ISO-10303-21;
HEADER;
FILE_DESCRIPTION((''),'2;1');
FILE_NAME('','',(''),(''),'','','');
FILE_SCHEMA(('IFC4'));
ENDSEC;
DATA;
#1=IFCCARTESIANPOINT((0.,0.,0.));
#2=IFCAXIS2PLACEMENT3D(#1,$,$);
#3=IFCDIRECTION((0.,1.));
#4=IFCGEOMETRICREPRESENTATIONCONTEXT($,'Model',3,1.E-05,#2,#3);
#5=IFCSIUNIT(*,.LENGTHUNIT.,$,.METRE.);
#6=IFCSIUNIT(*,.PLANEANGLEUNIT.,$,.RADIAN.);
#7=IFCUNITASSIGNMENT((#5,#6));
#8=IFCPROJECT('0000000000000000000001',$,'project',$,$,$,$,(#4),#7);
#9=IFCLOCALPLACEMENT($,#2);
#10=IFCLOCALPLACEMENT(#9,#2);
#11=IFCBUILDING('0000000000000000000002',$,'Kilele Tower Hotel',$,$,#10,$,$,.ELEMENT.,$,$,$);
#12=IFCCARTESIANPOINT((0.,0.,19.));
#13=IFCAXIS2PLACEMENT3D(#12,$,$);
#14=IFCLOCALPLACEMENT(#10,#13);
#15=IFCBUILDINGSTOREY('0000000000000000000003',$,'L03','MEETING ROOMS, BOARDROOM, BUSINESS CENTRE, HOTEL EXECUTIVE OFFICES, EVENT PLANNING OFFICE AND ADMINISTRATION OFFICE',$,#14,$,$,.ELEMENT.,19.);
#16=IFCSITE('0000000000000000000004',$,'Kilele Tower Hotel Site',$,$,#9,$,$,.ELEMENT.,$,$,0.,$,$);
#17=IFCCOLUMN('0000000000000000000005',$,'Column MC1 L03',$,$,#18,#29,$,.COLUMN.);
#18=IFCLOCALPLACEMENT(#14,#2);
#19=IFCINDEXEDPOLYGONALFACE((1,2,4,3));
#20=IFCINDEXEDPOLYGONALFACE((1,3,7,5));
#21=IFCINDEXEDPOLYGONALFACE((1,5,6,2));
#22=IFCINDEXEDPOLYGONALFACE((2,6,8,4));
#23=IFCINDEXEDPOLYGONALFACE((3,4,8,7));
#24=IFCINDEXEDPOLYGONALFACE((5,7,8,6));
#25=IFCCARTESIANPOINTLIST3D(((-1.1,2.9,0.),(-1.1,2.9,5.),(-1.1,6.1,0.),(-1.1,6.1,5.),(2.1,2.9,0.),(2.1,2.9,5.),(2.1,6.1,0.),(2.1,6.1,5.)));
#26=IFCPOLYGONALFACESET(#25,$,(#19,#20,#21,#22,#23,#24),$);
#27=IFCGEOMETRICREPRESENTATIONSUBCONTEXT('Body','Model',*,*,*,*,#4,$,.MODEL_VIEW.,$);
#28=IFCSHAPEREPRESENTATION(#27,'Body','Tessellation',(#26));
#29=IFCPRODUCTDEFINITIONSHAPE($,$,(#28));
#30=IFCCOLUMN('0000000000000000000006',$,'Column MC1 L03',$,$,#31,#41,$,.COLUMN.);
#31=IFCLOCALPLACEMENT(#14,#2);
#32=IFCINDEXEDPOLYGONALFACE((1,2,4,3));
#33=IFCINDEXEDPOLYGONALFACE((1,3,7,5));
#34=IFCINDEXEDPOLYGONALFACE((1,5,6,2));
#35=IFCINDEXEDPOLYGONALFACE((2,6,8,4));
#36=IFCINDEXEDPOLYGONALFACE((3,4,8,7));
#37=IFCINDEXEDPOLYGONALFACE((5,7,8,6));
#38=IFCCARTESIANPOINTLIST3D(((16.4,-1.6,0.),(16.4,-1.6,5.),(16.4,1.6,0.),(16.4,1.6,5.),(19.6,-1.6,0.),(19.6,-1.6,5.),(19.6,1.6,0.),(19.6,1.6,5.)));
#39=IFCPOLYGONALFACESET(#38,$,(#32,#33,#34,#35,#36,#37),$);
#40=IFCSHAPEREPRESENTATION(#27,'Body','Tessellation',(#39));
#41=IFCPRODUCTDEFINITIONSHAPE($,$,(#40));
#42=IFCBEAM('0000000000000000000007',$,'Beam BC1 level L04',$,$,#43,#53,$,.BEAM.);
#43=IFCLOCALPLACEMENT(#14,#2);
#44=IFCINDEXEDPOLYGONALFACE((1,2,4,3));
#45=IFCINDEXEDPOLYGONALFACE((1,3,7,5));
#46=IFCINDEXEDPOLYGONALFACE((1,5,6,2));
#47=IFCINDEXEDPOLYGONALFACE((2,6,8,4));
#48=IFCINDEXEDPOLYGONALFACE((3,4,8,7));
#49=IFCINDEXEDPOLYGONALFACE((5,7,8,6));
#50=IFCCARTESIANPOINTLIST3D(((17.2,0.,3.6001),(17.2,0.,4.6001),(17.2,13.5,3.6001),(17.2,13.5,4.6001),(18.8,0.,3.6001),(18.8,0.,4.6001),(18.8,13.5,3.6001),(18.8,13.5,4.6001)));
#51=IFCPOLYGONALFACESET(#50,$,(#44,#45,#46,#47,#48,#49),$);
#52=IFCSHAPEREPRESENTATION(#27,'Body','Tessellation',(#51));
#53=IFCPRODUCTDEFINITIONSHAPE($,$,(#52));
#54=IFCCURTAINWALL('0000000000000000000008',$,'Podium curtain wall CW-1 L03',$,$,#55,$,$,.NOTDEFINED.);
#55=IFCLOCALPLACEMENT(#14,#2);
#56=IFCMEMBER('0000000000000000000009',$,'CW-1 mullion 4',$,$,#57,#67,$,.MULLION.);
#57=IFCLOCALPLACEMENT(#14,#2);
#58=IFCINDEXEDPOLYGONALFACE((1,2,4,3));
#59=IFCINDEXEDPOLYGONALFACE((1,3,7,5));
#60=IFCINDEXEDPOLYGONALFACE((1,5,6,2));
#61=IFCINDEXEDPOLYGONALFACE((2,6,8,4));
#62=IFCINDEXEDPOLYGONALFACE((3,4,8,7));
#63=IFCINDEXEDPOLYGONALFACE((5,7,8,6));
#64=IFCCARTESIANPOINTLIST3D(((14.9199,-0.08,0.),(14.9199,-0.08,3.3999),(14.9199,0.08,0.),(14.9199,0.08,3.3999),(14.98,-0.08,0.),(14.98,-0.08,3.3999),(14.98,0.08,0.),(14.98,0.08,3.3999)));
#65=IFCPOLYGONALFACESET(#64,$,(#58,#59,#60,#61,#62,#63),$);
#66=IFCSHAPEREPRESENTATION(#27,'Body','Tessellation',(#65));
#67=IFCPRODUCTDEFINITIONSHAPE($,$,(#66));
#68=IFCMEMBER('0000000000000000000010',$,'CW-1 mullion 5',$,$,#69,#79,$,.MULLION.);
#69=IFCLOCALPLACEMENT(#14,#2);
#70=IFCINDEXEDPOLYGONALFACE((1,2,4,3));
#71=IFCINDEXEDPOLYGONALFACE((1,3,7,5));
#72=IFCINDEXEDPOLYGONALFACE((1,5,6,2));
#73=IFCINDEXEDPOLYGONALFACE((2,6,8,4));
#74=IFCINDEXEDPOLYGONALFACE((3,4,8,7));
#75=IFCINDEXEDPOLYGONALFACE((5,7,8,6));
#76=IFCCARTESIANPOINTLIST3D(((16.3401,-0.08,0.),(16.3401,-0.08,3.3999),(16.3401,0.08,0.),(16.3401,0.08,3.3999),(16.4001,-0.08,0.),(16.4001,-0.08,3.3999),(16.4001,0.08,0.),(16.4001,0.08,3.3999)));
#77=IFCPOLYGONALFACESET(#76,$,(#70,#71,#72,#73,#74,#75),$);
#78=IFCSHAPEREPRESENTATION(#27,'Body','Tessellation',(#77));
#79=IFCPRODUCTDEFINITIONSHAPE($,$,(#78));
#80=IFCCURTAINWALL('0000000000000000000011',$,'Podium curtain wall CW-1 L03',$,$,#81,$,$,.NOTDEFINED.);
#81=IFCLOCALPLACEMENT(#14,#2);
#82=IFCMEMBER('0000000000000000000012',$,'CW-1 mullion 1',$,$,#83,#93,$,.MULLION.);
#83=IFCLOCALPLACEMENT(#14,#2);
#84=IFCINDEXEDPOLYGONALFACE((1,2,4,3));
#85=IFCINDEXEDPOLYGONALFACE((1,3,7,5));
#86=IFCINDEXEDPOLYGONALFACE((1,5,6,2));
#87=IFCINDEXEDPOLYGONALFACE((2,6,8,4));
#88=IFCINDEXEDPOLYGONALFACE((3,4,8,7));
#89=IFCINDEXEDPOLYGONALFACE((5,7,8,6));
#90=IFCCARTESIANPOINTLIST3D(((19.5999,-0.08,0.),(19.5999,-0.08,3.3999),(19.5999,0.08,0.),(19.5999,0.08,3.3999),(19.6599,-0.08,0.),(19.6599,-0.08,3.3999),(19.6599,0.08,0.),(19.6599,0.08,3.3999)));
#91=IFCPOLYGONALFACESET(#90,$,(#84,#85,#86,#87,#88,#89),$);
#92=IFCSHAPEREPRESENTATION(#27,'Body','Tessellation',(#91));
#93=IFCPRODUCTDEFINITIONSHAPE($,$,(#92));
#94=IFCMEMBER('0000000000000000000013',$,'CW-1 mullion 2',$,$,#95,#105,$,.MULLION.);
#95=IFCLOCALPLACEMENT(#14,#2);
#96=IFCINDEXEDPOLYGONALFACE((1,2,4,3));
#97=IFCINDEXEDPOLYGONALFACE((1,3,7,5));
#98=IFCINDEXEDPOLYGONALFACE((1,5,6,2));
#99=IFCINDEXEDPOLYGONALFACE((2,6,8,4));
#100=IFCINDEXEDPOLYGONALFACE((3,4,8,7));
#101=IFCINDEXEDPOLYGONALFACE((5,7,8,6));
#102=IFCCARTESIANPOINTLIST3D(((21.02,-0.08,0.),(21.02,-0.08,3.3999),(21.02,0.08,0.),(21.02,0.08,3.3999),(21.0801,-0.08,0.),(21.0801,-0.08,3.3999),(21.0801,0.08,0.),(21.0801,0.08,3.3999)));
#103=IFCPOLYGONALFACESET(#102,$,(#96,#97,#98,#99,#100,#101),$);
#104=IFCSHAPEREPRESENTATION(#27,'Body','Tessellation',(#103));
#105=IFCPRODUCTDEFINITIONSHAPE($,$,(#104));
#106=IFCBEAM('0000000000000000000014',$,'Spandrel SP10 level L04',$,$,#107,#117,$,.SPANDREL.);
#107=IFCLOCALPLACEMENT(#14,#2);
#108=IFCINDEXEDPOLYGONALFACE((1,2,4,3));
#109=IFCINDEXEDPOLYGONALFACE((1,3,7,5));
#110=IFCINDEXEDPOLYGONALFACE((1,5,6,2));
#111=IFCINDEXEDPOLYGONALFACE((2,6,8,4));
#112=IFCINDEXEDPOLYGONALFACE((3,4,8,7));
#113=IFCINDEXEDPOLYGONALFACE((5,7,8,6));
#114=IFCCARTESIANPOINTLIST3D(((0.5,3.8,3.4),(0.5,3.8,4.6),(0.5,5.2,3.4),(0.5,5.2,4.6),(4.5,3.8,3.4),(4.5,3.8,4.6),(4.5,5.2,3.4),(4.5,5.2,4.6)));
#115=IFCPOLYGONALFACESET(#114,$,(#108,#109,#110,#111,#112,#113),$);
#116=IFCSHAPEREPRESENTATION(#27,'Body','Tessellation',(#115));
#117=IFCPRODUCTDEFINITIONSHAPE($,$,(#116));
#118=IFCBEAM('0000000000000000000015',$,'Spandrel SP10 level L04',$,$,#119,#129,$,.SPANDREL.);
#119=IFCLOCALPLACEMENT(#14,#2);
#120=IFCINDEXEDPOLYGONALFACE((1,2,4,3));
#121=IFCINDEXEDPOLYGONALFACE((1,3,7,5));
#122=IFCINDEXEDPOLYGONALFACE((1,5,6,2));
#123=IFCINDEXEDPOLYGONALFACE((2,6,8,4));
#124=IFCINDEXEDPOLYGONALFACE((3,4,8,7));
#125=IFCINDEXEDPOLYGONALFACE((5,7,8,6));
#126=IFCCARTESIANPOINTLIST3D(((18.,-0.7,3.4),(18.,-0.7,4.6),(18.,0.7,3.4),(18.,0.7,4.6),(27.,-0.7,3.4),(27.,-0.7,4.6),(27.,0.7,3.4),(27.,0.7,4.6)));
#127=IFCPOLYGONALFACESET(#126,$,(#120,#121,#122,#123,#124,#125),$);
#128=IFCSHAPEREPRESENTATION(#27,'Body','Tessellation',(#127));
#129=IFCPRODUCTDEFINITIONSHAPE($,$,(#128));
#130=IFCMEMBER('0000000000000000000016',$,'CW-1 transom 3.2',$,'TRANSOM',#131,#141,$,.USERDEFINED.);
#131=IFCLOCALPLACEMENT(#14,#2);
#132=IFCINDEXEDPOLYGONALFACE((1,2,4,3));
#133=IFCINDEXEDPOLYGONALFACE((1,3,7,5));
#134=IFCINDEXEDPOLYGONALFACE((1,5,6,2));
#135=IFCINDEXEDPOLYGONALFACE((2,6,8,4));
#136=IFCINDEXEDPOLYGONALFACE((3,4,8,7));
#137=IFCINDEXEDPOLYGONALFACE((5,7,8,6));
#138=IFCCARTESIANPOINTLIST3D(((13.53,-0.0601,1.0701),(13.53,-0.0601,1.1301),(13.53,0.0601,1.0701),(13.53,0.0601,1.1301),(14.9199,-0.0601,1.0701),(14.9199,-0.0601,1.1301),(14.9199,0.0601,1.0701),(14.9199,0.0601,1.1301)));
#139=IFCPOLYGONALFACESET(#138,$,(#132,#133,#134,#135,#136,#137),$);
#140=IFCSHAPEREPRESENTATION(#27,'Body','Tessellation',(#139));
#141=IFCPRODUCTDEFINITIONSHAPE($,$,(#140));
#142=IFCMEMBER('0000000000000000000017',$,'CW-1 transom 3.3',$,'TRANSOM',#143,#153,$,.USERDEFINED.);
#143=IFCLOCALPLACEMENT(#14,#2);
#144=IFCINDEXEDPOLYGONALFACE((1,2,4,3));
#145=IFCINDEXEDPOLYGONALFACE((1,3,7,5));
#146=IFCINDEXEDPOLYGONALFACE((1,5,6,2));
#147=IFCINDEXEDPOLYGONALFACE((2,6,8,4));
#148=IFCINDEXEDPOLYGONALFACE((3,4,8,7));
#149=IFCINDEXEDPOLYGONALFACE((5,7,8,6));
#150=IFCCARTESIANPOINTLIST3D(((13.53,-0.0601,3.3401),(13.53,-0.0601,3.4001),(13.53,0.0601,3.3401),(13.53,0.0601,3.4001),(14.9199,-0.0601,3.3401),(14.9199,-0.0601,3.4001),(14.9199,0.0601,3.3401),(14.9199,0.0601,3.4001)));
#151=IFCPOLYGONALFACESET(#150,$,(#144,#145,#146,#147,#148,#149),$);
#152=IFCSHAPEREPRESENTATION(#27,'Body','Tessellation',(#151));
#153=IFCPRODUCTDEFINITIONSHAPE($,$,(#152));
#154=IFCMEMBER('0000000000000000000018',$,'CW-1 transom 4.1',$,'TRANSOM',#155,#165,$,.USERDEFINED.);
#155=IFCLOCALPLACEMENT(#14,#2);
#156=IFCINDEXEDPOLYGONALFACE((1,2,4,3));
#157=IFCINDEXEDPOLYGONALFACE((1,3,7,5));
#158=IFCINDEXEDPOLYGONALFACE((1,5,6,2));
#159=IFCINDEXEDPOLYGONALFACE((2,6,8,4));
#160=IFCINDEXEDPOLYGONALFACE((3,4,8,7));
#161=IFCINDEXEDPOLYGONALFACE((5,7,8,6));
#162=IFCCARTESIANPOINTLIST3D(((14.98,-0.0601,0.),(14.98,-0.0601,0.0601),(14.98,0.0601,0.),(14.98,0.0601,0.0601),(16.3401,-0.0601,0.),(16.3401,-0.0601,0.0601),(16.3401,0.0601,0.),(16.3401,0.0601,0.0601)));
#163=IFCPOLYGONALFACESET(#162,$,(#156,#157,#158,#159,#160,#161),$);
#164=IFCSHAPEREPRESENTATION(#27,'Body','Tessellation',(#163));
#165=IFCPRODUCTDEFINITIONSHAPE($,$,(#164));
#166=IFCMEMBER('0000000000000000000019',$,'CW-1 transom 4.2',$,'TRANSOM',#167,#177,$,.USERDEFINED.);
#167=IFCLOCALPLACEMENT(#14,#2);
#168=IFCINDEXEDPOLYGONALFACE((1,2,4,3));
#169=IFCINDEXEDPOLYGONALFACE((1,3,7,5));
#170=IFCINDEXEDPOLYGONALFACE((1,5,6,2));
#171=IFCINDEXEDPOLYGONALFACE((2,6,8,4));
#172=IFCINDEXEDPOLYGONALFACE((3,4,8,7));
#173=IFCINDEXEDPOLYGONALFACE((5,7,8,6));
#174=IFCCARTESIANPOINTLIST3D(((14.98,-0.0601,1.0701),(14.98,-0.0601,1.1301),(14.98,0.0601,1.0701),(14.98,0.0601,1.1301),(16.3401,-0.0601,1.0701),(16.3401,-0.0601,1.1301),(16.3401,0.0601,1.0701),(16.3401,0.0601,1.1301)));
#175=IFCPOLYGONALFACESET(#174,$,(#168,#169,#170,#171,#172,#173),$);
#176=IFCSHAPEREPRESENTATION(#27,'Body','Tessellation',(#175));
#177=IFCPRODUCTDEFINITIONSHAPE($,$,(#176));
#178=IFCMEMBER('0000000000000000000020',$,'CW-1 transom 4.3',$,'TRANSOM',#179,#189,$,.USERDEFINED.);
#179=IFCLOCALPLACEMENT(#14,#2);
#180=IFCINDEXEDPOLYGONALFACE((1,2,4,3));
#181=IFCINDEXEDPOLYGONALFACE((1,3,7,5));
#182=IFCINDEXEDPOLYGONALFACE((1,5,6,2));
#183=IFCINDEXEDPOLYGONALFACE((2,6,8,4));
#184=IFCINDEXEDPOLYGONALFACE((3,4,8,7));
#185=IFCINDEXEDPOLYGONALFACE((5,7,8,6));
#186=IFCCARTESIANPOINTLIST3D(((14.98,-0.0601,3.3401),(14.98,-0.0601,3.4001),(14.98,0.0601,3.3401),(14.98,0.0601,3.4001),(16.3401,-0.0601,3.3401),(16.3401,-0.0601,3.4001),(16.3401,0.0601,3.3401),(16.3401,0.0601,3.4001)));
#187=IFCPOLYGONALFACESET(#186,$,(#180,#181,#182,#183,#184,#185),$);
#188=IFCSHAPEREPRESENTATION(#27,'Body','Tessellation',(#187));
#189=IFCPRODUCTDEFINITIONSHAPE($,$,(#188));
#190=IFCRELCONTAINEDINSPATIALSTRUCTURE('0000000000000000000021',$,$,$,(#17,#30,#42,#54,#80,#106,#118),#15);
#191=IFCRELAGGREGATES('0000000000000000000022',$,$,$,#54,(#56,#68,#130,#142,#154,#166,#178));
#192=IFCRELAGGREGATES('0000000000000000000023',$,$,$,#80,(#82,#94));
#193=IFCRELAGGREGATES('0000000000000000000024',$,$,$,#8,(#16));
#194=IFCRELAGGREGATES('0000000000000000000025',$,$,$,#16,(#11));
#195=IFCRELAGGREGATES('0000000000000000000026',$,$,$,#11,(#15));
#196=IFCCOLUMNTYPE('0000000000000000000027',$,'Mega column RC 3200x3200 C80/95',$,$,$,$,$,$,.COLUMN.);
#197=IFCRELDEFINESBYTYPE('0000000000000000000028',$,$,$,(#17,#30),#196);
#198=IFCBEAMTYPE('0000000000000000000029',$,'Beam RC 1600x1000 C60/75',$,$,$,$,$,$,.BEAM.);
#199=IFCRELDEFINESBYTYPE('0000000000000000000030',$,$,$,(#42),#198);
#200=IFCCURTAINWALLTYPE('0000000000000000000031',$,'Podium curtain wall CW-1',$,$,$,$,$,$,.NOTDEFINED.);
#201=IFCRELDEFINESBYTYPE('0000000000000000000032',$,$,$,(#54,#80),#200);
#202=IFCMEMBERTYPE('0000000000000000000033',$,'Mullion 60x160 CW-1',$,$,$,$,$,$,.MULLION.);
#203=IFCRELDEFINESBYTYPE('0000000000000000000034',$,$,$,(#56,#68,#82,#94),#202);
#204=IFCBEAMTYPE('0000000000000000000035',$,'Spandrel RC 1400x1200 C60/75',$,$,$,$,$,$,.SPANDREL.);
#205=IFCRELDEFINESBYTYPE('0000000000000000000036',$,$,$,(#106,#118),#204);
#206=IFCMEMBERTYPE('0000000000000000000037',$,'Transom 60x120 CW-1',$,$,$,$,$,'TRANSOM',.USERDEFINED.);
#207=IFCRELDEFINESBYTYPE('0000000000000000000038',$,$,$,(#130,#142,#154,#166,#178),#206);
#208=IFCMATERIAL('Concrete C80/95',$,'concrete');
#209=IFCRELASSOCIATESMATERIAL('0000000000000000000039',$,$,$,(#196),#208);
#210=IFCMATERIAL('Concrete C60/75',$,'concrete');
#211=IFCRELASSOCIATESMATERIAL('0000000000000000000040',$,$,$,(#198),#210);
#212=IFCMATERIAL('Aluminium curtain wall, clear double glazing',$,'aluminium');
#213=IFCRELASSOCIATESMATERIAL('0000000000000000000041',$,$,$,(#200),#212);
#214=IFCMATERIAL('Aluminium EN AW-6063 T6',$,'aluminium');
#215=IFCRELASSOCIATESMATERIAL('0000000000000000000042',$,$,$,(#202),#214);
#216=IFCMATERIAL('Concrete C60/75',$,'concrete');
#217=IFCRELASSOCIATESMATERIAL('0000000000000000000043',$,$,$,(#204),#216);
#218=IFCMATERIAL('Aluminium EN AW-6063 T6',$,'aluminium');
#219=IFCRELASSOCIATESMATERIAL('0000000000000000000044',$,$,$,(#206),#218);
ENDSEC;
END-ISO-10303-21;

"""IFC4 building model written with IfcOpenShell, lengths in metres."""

from ifc_helpers import new_model, si_unit, direction, frame, origin, origin_2d, place, context, subcontext, project, spatial, rectangle, extrude, material, material_profile, profile_set, type_object, element, aggregate, save


model = new_model("IFC4")

# Units and contexts
model_context = context("Model", 3, precision=1e-05, world=origin(), true_north=direction((0.0, 1.0)))
body_context = subcontext(model_context, "Body", "Model", "MODEL_VIEW")
ifc_project = project(units=[si_unit("LENGTHUNIT", "METRE"), si_unit("PLANEANGLEUNIT", "RADIAN")], contexts=[model_context])

# Site, building, storey
site_placement = place(None, origin())
site = spatial("IfcSite", under=ifc_project, at=site_placement, Name="Kilele Tower Hotel Site", CompositionType="ELEMENT", RefElevation=0.0)
building_placement = place(site_placement, origin())
building = spatial("IfcBuilding", under=site, at=building_placement, Name="Kilele Tower Hotel", CompositionType="ELEMENT")
storey_placement = place(building_placement, frame((0.0, 0.0, 19.0)))
storey = spatial("IfcBuildingStorey", under=building, at=storey_placement, Name="L03", Description="MEETING ROOMS, BOARDROOM, BUSINESS CENTRE, HOTEL EXECUTIVE OFFICES, EVENT PLANNING OFFICE AND ADMINISTRATION OFFICE", CompositionType="ELEMENT", Elevation=19.0)

# Columns
ifc_material_1 = material(Name="Concrete C80/95", Category="concrete")
ifc_material_profile_1 = material_profile(ifc_material_1, rectangle(XDim=3.2, YDim=3.2, at=origin_2d()))
ifc_profile_set_1 = profile_set([ifc_material_profile_1], Name="Concrete C80/95")
column_type = type_object("IfcColumnType", Name="Mega column RC 3200x3200 C80/95", PredefinedType="COLUMN", material=ifc_profile_set_1)
for number, where, z_axis, x_axis, name in (
    (1, (0.5, 4.5, 0.0), (0.0, 0.0, 1.0), (1.0, 0.0, 0.0), "Column MC1 L03"),
    (2, (18.0, 0.0, 0.0), (0.0, 0.0, 1.0), (1.0, 0.0, 0.0), "Column MC1 L03"),
):
    element("IfcColumn", number, at=place(storey_placement, frame(where, z_axis=z_axis, x_axis=x_axis)), inside=storey, type_object=column_type, Name=name, PredefinedType="COLUMN", context=body_context, shape_type="SweptSolid", body=[
        extrude(rectangle(XDim=3.2, YDim=3.2, at=origin_2d()), origin(), (0.0, 0.0, 1.0), 5.0),
    ])

# Beam
ifc_material_2 = material(Name="Concrete C60/75", Category="concrete")
ifc_material_profile_2 = material_profile(ifc_material_2, rectangle(XDim=1.6001, YDim=1.0, at=origin_2d()))
ifc_profile_set_2 = profile_set([ifc_material_profile_2], Name="Concrete C60/75")
beam_type_1 = type_object("IfcBeamType", Name="Beam RC 1600x1000 C60/75", PredefinedType="BEAM", material=ifc_profile_set_2)
beam_1_placement = place(storey_placement, frame((18.0, 0.0, 4.1001), z_axis=(0.0, 1.0, 0.0), x_axis=(-1.0, 0.0, 0.0)))
element("IfcBeam", 3, at=beam_1_placement, inside=storey, type_object=beam_type_1, Name="Beam BC1 level L04", PredefinedType="BEAM", context=body_context, shape_type="SweptSolid", body=[
    extrude(rectangle(XDim=1.6001, YDim=1.0, at=origin_2d()), origin(), (0.0, 0.0, 1.0), 13.5),
])

# Curtain walls, members
ifc_material_3 = material(Name="Aluminium curtain wall, clear double glazing", Category="aluminium")
curtain_wall_type = type_object("IfcCurtainWallType", Name="Podium curtain wall CW-1", PredefinedType="NOTDEFINED", material=ifc_material_3)
curtain_wall_1_placement = place(storey_placement, origin())
curtain_wall_1 = element("IfcCurtainWall", 4, at=curtain_wall_1_placement, inside=storey, type_object=curtain_wall_type, Name="Podium curtain wall CW-1 L03", PredefinedType="NOTDEFINED")
ifc_material_4 = material(Name="Aluminium EN AW-6063 T6", Category="aluminium")
ifc_material_profile_3 = material_profile(ifc_material_4, rectangle(XDim=0.1599, YDim=0.0601, at=origin_2d()))
ifc_profile_set_3 = profile_set([ifc_material_profile_3], Name="Aluminium EN AW-6063 T6")
member_type_1 = type_object("IfcMemberType", Name="Mullion 60x160 CW-1", PredefinedType="MULLION", material=ifc_profile_set_3)
member_1_placement = place(storey_placement, frame((14.95, 0.0, 0.0), z_axis=(0.0, 0.0, 1.0), x_axis=(0.0, 1.0, 0.0)))
member_1 = element("IfcMember", 5, at=member_1_placement, type_object=member_type_1, Name="CW-1 mullion 4", PredefinedType="MULLION", context=body_context, shape_type="SweptSolid", body=[
    extrude(rectangle(XDim=0.1599, YDim=0.0601, at=origin_2d()), origin(), (0.0, 0.0, 1.0), 3.3999),
])
member_2_placement = place(storey_placement, frame((16.3701, 0.0, 0.0), z_axis=(0.0, 0.0, 1.0), x_axis=(0.0, 1.0, 0.0)))
member_2 = element("IfcMember", 6, at=member_2_placement, type_object=member_type_1, Name="CW-1 mullion 5", PredefinedType="MULLION", context=body_context, shape_type="SweptSolid", body=[
    extrude(rectangle(XDim=0.1599, YDim=0.0601, at=origin_2d()), origin(), (0.0, 0.0, 1.0), 3.3999),
])
curtain_wall_2_placement = place(storey_placement, origin())
curtain_wall_2 = element("IfcCurtainWall", 7, at=curtain_wall_2_placement, inside=storey, type_object=curtain_wall_type, Name="Podium curtain wall CW-1 L03", PredefinedType="NOTDEFINED")
member_3_placement = place(storey_placement, frame((19.6299, 0.0, 0.0), z_axis=(0.0, 0.0, 1.0), x_axis=(0.0, 1.0, 0.0)))
member_3 = element("IfcMember", 8, at=member_3_placement, type_object=member_type_1, Name="CW-1 mullion 1", PredefinedType="MULLION", context=body_context, shape_type="SweptSolid", body=[
    extrude(rectangle(XDim=0.1599, YDim=0.0601, at=origin_2d()), origin(), (0.0, 0.0, 1.0), 3.3999),
])
member_4_placement = place(storey_placement, frame((21.05, 0.0, 0.0), z_axis=(0.0, 0.0, 1.0), x_axis=(0.0, 1.0, 0.0)))
member_4 = element("IfcMember", 9, at=member_4_placement, type_object=member_type_1, Name="CW-1 mullion 2", PredefinedType="MULLION", context=body_context, shape_type="SweptSolid", body=[
    extrude(rectangle(XDim=0.1599, YDim=0.0601, at=origin_2d()), origin(), (0.0, 0.0, 1.0), 3.3999),
])

# Beams
ifc_material_5 = material(Name="Concrete C60/75", Category="concrete")
ifc_material_profile_4 = material_profile(ifc_material_5, rectangle(XDim=1.3999, YDim=1.2, at=origin_2d()))
ifc_profile_set_4 = profile_set([ifc_material_profile_4], Name="Concrete C60/75")
beam_type_2 = type_object("IfcBeamType", Name="Spandrel RC 1400x1200 C60/75", PredefinedType="SPANDREL", material=ifc_profile_set_4)
beam_2_placement = place(storey_placement, frame((0.5, 4.5, 4.0), z_axis=(1.0, 0.0, 0.0), x_axis=(0.0, 1.0, 0.0)))
element("IfcBeam", 10, at=beam_2_placement, inside=storey, type_object=beam_type_2, Name="Spandrel SP10 level L04", PredefinedType="SPANDREL", context=body_context, shape_type="SweptSolid", body=[
    extrude(rectangle(XDim=1.3999, YDim=1.2, at=origin_2d()), origin(), (0.0, 0.0, 1.0), 4.0),
])
beam_3_placement = place(storey_placement, frame((18.0, 0.0, 4.0), z_axis=(1.0, 0.0, 0.0), x_axis=(0.0, 1.0, 0.0)))
element("IfcBeam", 11, at=beam_3_placement, inside=storey, type_object=beam_type_2, Name="Spandrel SP10 level L04", PredefinedType="SPANDREL", context=body_context, shape_type="SweptSolid", body=[
    extrude(rectangle(XDim=1.3999, YDim=1.2, at=origin_2d()), origin(), (0.0, 0.0, 1.0), 9.0),
])

# Members
ifc_material_6 = material(Name="Aluminium EN AW-6063 T6", Category="aluminium")
ifc_material_profile_5 = material_profile(ifc_material_6, rectangle(XDim=0.1201, YDim=0.0601, at=origin_2d()))
ifc_profile_set_5 = profile_set([ifc_material_profile_5], Name="Aluminium EN AW-6063 T6")
member_type_2 = type_object("IfcMemberType", Name="Transom 60x120 CW-1", ElementType="TRANSOM", PredefinedType="USERDEFINED", material=ifc_profile_set_5)
member_5_placement = place(storey_placement, frame((13.53, 0.0, 1.1001), z_axis=(1.0, 0.0, 0.0), x_axis=(0.0, 1.0, 0.0)))
member_5 = element("IfcMember", 12, at=member_5_placement, type_object=member_type_2, Name="CW-1 transom 3.2", ObjectType="TRANSOM", PredefinedType="USERDEFINED", context=body_context, shape_type="SweptSolid", body=[
    extrude(rectangle(XDim=0.1201, YDim=0.0601, at=origin_2d()), origin(), (0.0, 0.0, 1.0), 1.3899),
])
member_6_placement = place(storey_placement, frame((13.53, 0.0, 3.3701), z_axis=(1.0, 0.0, 0.0), x_axis=(0.0, 1.0, 0.0)))
member_6 = element("IfcMember", 13, at=member_6_placement, type_object=member_type_2, Name="CW-1 transom 3.3", ObjectType="TRANSOM", PredefinedType="USERDEFINED", context=body_context, shape_type="SweptSolid", body=[
    extrude(rectangle(XDim=0.1201, YDim=0.0601, at=origin_2d()), origin(), (0.0, 0.0, 1.0), 1.3899),
])
member_7_placement = place(storey_placement, frame((14.98, 0.0, 0.03), z_axis=(1.0, 0.0, 0.0), x_axis=(0.0, 1.0, 0.0)))
member_7 = element("IfcMember", 14, at=member_7_placement, type_object=member_type_2, Name="CW-1 transom 4.1", ObjectType="TRANSOM", PredefinedType="USERDEFINED", context=body_context, shape_type="SweptSolid", body=[
    extrude(rectangle(XDim=0.1201, YDim=0.0601, at=origin_2d()), origin(), (0.0, 0.0, 1.0), 1.3601),
])
member_8_placement = place(storey_placement, frame((14.98, 0.0, 1.1001), z_axis=(1.0, 0.0, 0.0), x_axis=(0.0, 1.0, 0.0)))
member_8 = element("IfcMember", 15, at=member_8_placement, type_object=member_type_2, Name="CW-1 transom 4.2", ObjectType="TRANSOM", PredefinedType="USERDEFINED", context=body_context, shape_type="SweptSolid", body=[
    extrude(rectangle(XDim=0.1201, YDim=0.0601, at=origin_2d()), origin(), (0.0, 0.0, 1.0), 1.3601),
])
member_9_placement = place(storey_placement, frame((14.98, 0.0, 3.3701), z_axis=(1.0, 0.0, 0.0), x_axis=(0.0, 1.0, 0.0)))
member_9 = element("IfcMember", 16, at=member_9_placement, type_object=member_type_2, Name="CW-1 transom 4.3", ObjectType="TRANSOM", PredefinedType="USERDEFINED", context=body_context, shape_type="SweptSolid", body=[
    extrude(rectangle(XDim=0.1201, YDim=0.0601, at=origin_2d()), origin(), (0.0, 0.0, 1.0), 1.3601),
])

aggregate(curtain_wall_1, [member_1, member_2, member_5, member_6, member_7, member_8, member_9])
aggregate(curtain_wall_2, [member_3, member_4])

save(model, "model.ifc")
